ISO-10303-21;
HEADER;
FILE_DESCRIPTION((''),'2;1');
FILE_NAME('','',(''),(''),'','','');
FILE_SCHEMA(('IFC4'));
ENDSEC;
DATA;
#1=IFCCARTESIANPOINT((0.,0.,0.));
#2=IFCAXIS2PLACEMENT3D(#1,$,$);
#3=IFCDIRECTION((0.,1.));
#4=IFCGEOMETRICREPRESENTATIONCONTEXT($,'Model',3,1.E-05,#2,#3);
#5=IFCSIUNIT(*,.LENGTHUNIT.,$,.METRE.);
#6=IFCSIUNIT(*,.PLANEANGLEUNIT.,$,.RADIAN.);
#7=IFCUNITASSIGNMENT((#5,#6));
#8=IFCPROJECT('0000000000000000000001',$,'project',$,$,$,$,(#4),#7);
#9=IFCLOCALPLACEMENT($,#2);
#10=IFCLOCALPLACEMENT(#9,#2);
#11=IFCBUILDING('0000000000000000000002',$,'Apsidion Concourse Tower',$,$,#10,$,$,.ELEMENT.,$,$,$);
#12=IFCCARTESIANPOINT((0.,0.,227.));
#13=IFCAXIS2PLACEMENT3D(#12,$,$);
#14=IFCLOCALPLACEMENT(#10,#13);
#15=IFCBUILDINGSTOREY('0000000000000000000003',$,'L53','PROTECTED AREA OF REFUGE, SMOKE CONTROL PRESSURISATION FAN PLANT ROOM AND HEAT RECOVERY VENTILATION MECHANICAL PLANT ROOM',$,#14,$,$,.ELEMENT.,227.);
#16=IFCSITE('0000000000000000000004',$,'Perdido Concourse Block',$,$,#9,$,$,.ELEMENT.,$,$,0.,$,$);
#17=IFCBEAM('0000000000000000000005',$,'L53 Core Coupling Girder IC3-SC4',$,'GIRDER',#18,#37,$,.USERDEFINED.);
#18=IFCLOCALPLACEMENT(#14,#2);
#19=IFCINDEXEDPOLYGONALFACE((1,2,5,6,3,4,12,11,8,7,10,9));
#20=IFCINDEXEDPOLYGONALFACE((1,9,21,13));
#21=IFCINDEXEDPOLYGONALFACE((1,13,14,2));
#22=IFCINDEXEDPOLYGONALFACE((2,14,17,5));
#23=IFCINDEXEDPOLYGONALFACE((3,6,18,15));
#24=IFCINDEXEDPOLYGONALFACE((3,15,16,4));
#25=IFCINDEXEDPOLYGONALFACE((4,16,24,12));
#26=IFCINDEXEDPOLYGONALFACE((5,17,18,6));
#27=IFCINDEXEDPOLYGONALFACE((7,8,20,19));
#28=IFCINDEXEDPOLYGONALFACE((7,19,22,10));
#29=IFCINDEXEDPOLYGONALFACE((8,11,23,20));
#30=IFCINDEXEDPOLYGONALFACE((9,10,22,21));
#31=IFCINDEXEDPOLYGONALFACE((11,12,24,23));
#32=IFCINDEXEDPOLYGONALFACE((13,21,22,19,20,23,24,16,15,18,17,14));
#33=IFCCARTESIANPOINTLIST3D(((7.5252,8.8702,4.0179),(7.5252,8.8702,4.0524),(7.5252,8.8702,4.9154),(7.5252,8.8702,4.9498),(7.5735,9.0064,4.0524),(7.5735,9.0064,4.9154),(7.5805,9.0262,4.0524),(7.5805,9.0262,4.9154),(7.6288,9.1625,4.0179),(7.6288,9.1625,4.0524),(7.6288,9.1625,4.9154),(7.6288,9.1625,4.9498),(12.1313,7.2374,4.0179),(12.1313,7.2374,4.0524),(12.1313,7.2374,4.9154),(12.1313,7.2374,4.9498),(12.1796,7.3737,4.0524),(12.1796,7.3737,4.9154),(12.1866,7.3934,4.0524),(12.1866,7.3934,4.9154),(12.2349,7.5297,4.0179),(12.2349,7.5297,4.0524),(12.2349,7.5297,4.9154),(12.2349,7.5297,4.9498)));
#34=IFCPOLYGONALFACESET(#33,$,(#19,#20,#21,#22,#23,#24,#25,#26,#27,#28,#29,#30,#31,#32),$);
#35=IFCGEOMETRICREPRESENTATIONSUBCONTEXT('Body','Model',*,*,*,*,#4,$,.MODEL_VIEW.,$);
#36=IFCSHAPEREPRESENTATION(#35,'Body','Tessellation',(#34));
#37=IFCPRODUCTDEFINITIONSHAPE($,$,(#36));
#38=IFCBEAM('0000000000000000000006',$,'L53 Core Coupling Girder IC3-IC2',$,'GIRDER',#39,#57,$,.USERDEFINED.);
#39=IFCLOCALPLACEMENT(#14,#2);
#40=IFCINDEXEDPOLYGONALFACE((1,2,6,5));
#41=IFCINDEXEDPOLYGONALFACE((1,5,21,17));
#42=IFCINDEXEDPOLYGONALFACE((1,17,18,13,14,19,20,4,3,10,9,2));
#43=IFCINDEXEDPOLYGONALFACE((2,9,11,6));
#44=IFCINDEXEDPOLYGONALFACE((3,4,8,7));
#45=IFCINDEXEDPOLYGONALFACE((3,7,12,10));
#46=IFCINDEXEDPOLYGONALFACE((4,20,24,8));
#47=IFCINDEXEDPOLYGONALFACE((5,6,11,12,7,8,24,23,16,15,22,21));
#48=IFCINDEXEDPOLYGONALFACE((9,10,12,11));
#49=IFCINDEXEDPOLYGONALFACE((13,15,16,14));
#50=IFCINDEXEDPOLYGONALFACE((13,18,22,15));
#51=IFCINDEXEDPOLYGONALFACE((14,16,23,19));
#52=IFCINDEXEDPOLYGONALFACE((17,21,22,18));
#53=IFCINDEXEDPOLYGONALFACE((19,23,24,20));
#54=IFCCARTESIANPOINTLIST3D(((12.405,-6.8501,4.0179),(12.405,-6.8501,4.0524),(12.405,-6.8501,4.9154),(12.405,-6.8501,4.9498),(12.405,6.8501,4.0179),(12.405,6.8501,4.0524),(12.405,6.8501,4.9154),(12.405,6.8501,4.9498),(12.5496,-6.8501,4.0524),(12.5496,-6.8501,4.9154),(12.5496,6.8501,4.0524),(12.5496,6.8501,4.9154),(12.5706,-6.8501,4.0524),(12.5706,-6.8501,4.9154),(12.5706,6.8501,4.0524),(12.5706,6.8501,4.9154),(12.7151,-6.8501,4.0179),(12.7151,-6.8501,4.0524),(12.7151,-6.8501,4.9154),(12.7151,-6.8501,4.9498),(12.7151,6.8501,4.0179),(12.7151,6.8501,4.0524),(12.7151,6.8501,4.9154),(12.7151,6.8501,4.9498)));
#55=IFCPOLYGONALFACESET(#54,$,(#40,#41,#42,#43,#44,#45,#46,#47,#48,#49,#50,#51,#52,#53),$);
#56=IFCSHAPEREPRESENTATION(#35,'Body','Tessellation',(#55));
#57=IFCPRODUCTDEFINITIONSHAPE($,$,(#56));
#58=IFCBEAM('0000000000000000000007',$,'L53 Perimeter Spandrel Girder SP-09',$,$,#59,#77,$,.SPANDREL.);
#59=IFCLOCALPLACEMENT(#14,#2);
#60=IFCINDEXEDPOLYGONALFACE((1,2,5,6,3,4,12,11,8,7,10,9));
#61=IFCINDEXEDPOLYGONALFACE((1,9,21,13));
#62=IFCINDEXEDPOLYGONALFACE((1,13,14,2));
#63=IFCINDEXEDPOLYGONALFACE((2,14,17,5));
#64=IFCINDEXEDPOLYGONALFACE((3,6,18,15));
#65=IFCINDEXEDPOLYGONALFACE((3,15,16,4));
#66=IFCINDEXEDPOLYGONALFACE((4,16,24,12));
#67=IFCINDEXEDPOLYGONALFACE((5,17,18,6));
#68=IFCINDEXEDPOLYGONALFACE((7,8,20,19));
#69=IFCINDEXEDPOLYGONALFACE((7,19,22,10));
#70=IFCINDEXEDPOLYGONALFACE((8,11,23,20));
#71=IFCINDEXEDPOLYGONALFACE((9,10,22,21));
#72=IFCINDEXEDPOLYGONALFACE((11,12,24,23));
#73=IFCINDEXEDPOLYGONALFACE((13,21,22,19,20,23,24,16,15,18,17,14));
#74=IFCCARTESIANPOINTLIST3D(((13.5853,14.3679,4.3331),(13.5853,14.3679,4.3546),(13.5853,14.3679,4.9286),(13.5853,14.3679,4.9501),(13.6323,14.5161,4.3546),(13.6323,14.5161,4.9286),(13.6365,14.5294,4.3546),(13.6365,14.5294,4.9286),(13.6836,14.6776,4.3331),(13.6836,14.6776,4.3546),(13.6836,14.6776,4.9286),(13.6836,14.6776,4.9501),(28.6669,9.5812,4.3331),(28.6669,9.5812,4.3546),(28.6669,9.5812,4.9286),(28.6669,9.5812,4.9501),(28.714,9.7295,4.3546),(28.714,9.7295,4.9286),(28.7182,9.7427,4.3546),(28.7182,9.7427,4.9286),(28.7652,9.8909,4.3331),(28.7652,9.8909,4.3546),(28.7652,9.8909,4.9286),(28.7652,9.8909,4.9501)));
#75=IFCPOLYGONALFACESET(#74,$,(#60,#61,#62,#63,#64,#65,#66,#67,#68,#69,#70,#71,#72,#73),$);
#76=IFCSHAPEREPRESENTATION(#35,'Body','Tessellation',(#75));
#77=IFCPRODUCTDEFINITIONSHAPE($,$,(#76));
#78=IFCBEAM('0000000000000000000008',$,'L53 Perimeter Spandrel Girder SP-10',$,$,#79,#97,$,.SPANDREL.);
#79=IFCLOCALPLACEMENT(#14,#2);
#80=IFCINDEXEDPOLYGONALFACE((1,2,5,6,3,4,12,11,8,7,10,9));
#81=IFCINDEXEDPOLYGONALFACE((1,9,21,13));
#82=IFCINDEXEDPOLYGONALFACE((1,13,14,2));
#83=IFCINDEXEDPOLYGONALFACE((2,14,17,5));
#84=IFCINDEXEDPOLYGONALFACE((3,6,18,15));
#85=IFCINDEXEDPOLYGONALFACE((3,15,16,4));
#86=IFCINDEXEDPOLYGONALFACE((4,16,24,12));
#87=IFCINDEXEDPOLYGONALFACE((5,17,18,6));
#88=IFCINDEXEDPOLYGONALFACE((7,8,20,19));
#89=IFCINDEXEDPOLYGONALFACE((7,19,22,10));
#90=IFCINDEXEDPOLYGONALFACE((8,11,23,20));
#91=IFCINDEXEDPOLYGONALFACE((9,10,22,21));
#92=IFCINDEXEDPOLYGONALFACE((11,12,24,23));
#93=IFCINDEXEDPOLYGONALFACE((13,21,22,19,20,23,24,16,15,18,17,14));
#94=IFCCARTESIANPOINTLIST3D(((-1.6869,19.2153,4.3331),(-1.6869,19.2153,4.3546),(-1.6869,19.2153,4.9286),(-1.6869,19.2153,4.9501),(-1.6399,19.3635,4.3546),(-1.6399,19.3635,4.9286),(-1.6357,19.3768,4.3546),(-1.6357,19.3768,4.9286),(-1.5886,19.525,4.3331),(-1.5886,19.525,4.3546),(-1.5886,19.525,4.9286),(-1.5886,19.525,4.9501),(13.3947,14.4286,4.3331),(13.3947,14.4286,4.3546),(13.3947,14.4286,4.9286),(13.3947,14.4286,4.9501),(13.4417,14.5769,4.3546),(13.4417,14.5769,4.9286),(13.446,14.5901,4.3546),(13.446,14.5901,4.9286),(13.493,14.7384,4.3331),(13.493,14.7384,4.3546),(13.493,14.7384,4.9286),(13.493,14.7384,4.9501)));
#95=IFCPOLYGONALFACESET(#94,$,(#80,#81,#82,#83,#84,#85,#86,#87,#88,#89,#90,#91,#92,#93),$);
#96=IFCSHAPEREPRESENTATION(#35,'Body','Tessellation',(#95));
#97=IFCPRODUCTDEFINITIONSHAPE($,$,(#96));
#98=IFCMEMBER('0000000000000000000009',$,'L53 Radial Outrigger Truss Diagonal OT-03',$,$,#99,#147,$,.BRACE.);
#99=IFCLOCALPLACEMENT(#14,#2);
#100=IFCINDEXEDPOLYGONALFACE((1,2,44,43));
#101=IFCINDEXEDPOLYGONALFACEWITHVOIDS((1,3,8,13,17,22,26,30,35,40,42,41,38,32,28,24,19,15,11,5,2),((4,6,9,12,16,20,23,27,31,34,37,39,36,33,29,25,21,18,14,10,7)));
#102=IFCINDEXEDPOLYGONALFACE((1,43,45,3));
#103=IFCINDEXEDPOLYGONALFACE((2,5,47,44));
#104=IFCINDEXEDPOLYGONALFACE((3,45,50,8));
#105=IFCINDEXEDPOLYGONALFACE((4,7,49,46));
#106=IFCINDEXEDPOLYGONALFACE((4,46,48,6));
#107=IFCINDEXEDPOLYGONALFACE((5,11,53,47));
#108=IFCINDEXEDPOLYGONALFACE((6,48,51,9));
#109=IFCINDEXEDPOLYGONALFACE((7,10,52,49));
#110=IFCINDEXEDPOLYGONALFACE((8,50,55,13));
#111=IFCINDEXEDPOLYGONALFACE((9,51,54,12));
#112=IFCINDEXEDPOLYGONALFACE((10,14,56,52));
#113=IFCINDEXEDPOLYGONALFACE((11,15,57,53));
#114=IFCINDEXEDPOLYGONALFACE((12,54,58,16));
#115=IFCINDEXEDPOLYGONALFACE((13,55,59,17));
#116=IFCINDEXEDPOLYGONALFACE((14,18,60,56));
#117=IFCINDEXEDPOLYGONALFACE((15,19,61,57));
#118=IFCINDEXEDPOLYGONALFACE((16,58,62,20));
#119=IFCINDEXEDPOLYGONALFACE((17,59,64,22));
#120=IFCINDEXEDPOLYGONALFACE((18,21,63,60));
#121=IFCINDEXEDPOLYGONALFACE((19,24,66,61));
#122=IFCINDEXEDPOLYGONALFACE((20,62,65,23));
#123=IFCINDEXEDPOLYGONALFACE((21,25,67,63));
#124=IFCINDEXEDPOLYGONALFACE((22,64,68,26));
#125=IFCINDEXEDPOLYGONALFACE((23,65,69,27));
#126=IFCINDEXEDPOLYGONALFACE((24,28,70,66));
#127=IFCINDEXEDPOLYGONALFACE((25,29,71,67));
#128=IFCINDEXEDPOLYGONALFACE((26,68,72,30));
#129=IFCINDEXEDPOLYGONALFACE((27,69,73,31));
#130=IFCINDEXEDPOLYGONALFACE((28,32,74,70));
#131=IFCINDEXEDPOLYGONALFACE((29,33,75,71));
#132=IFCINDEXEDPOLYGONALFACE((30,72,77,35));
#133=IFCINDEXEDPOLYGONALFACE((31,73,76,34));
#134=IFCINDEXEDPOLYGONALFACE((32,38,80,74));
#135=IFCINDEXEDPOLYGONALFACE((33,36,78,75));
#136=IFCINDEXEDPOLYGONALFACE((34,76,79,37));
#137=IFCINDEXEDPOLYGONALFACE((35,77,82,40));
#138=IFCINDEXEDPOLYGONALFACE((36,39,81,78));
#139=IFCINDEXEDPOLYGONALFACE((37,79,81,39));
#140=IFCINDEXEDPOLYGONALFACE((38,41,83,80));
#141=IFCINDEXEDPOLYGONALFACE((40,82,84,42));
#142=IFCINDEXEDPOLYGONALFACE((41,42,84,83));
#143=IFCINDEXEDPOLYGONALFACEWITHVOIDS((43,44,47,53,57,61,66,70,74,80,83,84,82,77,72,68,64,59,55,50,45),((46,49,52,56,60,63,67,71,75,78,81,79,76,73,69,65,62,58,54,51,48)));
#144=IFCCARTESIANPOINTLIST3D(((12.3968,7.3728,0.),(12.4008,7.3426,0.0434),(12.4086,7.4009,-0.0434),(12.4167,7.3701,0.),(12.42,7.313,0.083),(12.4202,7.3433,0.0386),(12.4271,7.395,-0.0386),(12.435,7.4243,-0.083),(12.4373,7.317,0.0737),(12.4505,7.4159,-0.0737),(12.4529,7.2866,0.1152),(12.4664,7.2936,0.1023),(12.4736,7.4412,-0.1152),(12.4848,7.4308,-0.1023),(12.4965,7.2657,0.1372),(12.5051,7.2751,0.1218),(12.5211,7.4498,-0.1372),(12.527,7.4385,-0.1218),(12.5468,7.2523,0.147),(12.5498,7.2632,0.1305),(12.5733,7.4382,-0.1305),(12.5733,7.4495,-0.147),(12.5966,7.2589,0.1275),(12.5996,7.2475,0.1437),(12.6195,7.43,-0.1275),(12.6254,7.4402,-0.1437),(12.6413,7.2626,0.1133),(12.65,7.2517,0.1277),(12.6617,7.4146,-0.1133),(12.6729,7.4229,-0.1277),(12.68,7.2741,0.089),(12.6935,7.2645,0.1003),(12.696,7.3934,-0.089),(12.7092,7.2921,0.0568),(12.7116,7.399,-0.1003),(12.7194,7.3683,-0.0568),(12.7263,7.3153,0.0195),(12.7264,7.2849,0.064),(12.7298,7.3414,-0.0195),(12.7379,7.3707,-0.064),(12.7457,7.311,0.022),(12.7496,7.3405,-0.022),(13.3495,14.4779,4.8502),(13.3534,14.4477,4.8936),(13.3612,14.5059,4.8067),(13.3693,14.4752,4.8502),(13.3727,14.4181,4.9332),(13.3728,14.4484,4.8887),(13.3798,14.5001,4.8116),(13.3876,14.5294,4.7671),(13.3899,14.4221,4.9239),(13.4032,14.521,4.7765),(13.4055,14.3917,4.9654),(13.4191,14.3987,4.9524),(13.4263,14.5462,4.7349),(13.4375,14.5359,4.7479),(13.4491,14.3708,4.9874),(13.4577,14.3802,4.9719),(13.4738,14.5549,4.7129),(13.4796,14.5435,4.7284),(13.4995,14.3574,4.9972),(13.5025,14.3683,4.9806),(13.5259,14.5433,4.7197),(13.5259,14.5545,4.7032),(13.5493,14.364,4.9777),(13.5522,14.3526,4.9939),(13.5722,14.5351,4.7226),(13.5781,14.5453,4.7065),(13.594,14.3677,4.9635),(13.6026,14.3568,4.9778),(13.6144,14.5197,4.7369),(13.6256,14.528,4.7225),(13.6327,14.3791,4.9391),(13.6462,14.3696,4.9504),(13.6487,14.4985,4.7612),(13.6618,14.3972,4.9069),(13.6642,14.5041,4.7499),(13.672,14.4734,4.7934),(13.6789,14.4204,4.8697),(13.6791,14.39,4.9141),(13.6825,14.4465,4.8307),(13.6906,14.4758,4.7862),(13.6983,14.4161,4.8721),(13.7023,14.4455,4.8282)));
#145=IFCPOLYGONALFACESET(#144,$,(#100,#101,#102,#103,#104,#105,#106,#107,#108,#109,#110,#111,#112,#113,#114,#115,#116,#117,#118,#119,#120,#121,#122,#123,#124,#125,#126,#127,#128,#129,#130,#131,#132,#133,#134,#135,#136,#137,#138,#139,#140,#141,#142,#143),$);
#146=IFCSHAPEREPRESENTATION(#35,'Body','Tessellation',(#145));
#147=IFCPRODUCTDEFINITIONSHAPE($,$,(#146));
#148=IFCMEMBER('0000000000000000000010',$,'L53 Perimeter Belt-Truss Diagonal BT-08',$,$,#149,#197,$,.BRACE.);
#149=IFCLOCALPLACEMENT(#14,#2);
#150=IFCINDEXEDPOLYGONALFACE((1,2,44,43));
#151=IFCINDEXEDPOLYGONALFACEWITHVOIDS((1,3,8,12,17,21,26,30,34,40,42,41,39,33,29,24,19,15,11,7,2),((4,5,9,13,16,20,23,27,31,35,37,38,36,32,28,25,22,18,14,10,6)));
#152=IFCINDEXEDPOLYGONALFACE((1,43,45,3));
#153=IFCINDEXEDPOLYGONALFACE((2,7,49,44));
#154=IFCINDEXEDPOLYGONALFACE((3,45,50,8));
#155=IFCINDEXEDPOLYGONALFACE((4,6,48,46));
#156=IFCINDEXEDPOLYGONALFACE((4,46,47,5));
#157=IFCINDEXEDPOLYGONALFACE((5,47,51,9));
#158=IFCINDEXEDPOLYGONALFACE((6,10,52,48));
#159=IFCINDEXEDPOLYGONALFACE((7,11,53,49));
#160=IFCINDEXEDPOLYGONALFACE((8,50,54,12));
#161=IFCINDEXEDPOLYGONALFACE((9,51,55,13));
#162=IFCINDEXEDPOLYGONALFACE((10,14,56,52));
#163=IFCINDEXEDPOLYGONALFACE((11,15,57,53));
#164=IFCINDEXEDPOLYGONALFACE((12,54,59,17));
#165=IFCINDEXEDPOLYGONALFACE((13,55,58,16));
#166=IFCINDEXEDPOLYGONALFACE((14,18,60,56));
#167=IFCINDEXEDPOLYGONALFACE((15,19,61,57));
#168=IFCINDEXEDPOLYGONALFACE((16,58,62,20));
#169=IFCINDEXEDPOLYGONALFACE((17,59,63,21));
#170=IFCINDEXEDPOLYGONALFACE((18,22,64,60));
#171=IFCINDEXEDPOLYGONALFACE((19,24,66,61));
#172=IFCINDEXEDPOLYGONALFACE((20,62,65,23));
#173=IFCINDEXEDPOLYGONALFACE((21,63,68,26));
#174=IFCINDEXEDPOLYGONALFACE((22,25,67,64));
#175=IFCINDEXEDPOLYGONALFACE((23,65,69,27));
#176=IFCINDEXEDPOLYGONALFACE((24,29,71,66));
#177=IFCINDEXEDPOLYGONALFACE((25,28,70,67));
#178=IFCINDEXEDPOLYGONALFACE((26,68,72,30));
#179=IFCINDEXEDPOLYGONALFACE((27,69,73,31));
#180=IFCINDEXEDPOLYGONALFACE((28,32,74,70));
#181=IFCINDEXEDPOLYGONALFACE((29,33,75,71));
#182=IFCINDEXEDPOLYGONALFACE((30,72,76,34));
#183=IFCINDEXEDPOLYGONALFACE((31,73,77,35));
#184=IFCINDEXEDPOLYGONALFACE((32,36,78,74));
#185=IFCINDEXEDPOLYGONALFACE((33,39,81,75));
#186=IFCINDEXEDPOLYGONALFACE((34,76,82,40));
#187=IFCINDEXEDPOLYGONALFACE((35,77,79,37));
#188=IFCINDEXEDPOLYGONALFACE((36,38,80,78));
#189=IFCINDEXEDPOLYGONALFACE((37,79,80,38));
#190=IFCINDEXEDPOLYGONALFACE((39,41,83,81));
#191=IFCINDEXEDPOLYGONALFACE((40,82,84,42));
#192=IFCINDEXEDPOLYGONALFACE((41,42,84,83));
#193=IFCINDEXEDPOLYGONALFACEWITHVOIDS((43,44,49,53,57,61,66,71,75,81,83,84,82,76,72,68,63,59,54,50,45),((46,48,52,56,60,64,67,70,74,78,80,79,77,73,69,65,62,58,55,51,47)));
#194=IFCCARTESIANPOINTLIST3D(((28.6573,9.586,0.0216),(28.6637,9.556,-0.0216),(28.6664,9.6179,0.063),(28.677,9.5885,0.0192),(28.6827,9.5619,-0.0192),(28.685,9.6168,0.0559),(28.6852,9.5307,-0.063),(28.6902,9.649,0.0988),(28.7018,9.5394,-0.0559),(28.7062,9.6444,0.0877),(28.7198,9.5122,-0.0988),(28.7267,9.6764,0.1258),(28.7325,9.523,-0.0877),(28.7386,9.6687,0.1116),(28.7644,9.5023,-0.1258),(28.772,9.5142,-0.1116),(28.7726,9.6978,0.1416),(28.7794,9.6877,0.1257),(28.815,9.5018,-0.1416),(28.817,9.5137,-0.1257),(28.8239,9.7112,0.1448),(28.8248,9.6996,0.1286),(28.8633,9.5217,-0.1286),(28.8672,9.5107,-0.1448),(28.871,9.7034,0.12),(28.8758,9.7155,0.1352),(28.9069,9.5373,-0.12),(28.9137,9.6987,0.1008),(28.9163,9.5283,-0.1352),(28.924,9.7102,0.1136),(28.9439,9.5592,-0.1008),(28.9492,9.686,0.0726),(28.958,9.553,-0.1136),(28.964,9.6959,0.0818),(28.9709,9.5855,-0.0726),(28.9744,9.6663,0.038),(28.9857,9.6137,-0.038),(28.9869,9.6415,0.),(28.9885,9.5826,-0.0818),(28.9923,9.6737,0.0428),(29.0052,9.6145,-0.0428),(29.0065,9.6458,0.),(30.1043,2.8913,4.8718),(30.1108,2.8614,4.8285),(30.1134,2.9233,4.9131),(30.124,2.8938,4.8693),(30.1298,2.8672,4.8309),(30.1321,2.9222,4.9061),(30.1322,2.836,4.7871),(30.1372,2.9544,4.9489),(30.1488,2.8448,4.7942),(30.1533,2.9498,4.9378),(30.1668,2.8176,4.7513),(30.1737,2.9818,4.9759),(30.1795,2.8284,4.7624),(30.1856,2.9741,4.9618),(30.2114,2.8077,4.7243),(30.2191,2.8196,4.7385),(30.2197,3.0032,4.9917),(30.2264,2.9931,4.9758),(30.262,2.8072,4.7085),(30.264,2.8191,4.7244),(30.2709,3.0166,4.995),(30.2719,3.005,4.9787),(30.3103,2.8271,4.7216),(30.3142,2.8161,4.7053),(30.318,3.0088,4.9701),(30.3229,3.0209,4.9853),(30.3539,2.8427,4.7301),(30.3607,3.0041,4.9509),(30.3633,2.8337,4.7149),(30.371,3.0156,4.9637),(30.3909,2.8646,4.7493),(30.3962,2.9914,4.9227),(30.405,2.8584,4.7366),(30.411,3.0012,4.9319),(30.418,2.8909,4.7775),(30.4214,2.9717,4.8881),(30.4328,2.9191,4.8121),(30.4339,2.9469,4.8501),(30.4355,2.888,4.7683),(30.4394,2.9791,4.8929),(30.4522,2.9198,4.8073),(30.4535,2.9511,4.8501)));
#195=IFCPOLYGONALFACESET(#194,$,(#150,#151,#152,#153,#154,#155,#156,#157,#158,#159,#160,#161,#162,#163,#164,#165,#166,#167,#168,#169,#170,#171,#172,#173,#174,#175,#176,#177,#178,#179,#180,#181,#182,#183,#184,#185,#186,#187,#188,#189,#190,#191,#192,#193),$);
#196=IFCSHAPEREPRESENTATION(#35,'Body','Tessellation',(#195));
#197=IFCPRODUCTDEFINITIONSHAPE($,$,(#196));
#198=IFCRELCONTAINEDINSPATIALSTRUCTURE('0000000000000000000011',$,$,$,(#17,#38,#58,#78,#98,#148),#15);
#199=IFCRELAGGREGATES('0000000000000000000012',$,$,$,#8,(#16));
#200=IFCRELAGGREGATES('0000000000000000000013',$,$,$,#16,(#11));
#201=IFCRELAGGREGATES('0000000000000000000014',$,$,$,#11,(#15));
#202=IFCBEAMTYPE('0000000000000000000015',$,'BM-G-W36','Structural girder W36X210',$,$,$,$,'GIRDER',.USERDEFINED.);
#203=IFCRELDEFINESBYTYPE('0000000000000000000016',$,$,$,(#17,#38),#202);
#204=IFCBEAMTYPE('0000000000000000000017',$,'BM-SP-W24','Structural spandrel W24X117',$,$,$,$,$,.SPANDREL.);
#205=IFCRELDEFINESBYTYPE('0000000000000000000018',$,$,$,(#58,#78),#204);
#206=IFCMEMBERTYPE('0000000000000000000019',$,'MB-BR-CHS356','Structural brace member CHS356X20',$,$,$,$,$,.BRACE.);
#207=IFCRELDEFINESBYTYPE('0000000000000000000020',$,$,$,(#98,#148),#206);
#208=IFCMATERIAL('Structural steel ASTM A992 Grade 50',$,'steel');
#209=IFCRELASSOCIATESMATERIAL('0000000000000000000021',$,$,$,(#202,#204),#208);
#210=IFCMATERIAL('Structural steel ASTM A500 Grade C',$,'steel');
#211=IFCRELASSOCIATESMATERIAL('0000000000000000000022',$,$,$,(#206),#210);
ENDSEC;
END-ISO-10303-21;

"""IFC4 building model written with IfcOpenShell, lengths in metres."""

from ifc_helpers import new_model, si_unit, direction, frame, origin, origin_2d, place, context, subcontext, project, spatial, hollow_circle, i_section, extrude, material, material_profile, profile_set, type_object, element, save


model = new_model("IFC4")

# Units and contexts
model_context = context("Model", 3, precision=1e-05, world=origin(), true_north=direction((0.0, 1.0)))
body_context = subcontext(model_context, "Body", "Model", "MODEL_VIEW")
ifc_project = project(units=[si_unit("LENGTHUNIT", "METRE"), si_unit("PLANEANGLEUNIT", "RADIAN")], contexts=[model_context])

# Site, building, storey
site_placement = place(None, origin())
site = spatial("IfcSite", under=ifc_project, at=site_placement, Name="Perdido Concourse Block", CompositionType="ELEMENT", RefElevation=0.0)
building_placement = place(site_placement, origin())
building = spatial("IfcBuilding", under=site, at=building_placement, Name="Apsidion Concourse Tower", CompositionType="ELEMENT")
storey_placement = place(building_placement, frame((0.0, 0.0, 227.0)))
storey = spatial("IfcBuildingStorey", under=building, at=storey_placement, Name="L53", Description="PROTECTED AREA OF REFUGE, SMOKE CONTROL PRESSURISATION FAN PLANT ROOM AND HEAT RECOVERY VENTILATION MECHANICAL PLANT ROOM", CompositionType="ELEMENT", Elevation=227.0)

# Shared definitions
ifc_material_1 = material(Name="Structural steel ASTM A992 Grade 50", Category="steel")

# Beams
ifc_material_profile_1 = material_profile(ifc_material_1, i_section(OverallWidth=0.3101, OverallDepth=0.9319, WebThickness=0.021, FlangeThickness=0.0344, at=origin_2d()), Name="W36X210")
ifc_profile_set_1 = profile_set([ifc_material_profile_1], Name="Structural steel ASTM A992 Grade 50")
beam_type_1 = type_object("IfcBeamType", Name="BM-G-W36", Description="Structural girder W36X210", ElementType="GIRDER", PredefinedType="USERDEFINED", material=ifc_profile_set_1)
beam_1_placement = place(storey_placement, frame((12.1831, 7.3835, 4.4839), z_axis=(-0.942534, 0.334111, 0.0), x_axis=(-0.334111, -0.942534, 0.0)))
element("IfcBeam", 1, at=beam_1_placement, inside=storey, type_object=beam_type_1, Name="L53 Core Coupling Girder IC3-SC4", ObjectType="GIRDER", PredefinedType="USERDEFINED", context=body_context, shape_type="SweptSolid", body=[
    extrude(i_section(OverallWidth=0.3101, OverallDepth=0.9319, WebThickness=0.021, FlangeThickness=0.0344, at=origin_2d()), origin(), (0.0, 0.0, 1.0), 4.887),
])
beam_2_placement = place(storey_placement, frame((12.5601, 6.8501, 4.4839), z_axis=(0.0, -1.0, 0.0), x_axis=(1.0, 0.0, 0.0)))
element("IfcBeam", 2, at=beam_2_placement, inside=storey, type_object=beam_type_1, Name="L53 Core Coupling Girder IC3-IC2", ObjectType="GIRDER", PredefinedType="USERDEFINED", context=body_context, shape_type="SweptSolid", body=[
    extrude(i_section(OverallWidth=0.3101, OverallDepth=0.9319, WebThickness=0.021, FlangeThickness=0.0344, at=origin_2d()), origin(), (0.0, 0.0, 1.0), 13.7002),
])
ifc_material_profile_2 = material_profile(ifc_material_1, i_section(OverallWidth=0.325, OverallDepth=0.6169, WebThickness=0.0139, FlangeThickness=0.0215, at=origin_2d()), Name="W24X117")
ifc_profile_set_2 = profile_set([ifc_material_profile_2], Name="Structural steel ASTM A992 Grade 50")
beam_type_2 = type_object("IfcBeamType", Name="BM-SP-W24", Description="Structural spandrel W24X117", PredefinedType="SPANDREL", material=ifc_profile_set_2)
for number, where, z_axis, x_axis, name in (
    (3, (28.7161, 9.7361, 4.6416), (-0.953146, 0.302512, 0.0), (-0.302512, -0.953146, 0.0), "L53 Perimeter Spandrel Girder SP-09"),
    (4, (13.4438, 14.5835, 4.6416), (-0.953146, 0.302512, 0.0), (-0.302512, -0.953146, 0.0), "L53 Perimeter Spandrel Girder SP-10"),
):
    element("IfcBeam", number, at=place(storey_placement, frame(where, z_axis=z_axis, x_axis=x_axis)), inside=storey, type_object=beam_type_2, Name=name, PredefinedType="SPANDREL", context=body_context, shape_type="SweptSolid", body=[
        extrude(i_section(OverallWidth=0.325, OverallDepth=0.6169, WebThickness=0.0139, FlangeThickness=0.0215, at=origin_2d()), origin(), (0.0, 0.0, 1.0), 15.823),
    ])

# Members
ifc_material_2 = material(Name="Structural steel ASTM A500 Grade C", Category="steel")
ifc_material_profile_3 = material_profile(ifc_material_2, hollow_circle(Radius=0.178, WallThickness=0.02, at=origin_2d()), Name="CHS356X20")
ifc_profile_set_3 = profile_set([ifc_material_profile_3], Name="Structural steel ASTM A500 Grade C")
member_type_1 = type_object("IfcMemberType", Name="MB-BR-CHS356", Description="Structural brace member CHS356X20", PredefinedType="BRACE", material=ifc_profile_set_3)
member_1_placement = place(storey_placement, frame((12.5732, 7.3491, 0.0), z_axis=(0.110066, 0.820896, 0.560371), x_axis=(-0.991131, 0.132891, 0.0)))
element("IfcMember", 5, at=member_1_placement, inside=storey, type_object=member_type_1, Name="L53 Radial Outrigger Truss Diagonal OT-03", PredefinedType="BRACE", context=body_context, shape_type="SweptSolid", body=[
    extrude(hollow_circle(Radius=0.178, WallThickness=0.02, at=origin_2d()), origin(), (0.0, 0.0, 1.0), 8.6553),
])
member_2_placement = place(storey_placement, frame((28.8325, 9.6082, 0.0), z_axis=(0.172418, -0.797682, 0.577906), x_axis=(0.977428, 0.211269, 0.0)))
element("IfcMember", 6, at=member_2_placement, inside=storey, type_object=member_type_1, Name="L53 Perimeter Belt-Truss Diagonal BT-08", PredefinedType="BRACE", context=body_context, shape_type="SweptSolid", body=[
    extrude(hollow_circle(Radius=0.178, WallThickness=0.02, at=origin_2d()), origin(), (0.0, 0.0, 1.0), 8.3926),
])

save(model, "model.ifc")
